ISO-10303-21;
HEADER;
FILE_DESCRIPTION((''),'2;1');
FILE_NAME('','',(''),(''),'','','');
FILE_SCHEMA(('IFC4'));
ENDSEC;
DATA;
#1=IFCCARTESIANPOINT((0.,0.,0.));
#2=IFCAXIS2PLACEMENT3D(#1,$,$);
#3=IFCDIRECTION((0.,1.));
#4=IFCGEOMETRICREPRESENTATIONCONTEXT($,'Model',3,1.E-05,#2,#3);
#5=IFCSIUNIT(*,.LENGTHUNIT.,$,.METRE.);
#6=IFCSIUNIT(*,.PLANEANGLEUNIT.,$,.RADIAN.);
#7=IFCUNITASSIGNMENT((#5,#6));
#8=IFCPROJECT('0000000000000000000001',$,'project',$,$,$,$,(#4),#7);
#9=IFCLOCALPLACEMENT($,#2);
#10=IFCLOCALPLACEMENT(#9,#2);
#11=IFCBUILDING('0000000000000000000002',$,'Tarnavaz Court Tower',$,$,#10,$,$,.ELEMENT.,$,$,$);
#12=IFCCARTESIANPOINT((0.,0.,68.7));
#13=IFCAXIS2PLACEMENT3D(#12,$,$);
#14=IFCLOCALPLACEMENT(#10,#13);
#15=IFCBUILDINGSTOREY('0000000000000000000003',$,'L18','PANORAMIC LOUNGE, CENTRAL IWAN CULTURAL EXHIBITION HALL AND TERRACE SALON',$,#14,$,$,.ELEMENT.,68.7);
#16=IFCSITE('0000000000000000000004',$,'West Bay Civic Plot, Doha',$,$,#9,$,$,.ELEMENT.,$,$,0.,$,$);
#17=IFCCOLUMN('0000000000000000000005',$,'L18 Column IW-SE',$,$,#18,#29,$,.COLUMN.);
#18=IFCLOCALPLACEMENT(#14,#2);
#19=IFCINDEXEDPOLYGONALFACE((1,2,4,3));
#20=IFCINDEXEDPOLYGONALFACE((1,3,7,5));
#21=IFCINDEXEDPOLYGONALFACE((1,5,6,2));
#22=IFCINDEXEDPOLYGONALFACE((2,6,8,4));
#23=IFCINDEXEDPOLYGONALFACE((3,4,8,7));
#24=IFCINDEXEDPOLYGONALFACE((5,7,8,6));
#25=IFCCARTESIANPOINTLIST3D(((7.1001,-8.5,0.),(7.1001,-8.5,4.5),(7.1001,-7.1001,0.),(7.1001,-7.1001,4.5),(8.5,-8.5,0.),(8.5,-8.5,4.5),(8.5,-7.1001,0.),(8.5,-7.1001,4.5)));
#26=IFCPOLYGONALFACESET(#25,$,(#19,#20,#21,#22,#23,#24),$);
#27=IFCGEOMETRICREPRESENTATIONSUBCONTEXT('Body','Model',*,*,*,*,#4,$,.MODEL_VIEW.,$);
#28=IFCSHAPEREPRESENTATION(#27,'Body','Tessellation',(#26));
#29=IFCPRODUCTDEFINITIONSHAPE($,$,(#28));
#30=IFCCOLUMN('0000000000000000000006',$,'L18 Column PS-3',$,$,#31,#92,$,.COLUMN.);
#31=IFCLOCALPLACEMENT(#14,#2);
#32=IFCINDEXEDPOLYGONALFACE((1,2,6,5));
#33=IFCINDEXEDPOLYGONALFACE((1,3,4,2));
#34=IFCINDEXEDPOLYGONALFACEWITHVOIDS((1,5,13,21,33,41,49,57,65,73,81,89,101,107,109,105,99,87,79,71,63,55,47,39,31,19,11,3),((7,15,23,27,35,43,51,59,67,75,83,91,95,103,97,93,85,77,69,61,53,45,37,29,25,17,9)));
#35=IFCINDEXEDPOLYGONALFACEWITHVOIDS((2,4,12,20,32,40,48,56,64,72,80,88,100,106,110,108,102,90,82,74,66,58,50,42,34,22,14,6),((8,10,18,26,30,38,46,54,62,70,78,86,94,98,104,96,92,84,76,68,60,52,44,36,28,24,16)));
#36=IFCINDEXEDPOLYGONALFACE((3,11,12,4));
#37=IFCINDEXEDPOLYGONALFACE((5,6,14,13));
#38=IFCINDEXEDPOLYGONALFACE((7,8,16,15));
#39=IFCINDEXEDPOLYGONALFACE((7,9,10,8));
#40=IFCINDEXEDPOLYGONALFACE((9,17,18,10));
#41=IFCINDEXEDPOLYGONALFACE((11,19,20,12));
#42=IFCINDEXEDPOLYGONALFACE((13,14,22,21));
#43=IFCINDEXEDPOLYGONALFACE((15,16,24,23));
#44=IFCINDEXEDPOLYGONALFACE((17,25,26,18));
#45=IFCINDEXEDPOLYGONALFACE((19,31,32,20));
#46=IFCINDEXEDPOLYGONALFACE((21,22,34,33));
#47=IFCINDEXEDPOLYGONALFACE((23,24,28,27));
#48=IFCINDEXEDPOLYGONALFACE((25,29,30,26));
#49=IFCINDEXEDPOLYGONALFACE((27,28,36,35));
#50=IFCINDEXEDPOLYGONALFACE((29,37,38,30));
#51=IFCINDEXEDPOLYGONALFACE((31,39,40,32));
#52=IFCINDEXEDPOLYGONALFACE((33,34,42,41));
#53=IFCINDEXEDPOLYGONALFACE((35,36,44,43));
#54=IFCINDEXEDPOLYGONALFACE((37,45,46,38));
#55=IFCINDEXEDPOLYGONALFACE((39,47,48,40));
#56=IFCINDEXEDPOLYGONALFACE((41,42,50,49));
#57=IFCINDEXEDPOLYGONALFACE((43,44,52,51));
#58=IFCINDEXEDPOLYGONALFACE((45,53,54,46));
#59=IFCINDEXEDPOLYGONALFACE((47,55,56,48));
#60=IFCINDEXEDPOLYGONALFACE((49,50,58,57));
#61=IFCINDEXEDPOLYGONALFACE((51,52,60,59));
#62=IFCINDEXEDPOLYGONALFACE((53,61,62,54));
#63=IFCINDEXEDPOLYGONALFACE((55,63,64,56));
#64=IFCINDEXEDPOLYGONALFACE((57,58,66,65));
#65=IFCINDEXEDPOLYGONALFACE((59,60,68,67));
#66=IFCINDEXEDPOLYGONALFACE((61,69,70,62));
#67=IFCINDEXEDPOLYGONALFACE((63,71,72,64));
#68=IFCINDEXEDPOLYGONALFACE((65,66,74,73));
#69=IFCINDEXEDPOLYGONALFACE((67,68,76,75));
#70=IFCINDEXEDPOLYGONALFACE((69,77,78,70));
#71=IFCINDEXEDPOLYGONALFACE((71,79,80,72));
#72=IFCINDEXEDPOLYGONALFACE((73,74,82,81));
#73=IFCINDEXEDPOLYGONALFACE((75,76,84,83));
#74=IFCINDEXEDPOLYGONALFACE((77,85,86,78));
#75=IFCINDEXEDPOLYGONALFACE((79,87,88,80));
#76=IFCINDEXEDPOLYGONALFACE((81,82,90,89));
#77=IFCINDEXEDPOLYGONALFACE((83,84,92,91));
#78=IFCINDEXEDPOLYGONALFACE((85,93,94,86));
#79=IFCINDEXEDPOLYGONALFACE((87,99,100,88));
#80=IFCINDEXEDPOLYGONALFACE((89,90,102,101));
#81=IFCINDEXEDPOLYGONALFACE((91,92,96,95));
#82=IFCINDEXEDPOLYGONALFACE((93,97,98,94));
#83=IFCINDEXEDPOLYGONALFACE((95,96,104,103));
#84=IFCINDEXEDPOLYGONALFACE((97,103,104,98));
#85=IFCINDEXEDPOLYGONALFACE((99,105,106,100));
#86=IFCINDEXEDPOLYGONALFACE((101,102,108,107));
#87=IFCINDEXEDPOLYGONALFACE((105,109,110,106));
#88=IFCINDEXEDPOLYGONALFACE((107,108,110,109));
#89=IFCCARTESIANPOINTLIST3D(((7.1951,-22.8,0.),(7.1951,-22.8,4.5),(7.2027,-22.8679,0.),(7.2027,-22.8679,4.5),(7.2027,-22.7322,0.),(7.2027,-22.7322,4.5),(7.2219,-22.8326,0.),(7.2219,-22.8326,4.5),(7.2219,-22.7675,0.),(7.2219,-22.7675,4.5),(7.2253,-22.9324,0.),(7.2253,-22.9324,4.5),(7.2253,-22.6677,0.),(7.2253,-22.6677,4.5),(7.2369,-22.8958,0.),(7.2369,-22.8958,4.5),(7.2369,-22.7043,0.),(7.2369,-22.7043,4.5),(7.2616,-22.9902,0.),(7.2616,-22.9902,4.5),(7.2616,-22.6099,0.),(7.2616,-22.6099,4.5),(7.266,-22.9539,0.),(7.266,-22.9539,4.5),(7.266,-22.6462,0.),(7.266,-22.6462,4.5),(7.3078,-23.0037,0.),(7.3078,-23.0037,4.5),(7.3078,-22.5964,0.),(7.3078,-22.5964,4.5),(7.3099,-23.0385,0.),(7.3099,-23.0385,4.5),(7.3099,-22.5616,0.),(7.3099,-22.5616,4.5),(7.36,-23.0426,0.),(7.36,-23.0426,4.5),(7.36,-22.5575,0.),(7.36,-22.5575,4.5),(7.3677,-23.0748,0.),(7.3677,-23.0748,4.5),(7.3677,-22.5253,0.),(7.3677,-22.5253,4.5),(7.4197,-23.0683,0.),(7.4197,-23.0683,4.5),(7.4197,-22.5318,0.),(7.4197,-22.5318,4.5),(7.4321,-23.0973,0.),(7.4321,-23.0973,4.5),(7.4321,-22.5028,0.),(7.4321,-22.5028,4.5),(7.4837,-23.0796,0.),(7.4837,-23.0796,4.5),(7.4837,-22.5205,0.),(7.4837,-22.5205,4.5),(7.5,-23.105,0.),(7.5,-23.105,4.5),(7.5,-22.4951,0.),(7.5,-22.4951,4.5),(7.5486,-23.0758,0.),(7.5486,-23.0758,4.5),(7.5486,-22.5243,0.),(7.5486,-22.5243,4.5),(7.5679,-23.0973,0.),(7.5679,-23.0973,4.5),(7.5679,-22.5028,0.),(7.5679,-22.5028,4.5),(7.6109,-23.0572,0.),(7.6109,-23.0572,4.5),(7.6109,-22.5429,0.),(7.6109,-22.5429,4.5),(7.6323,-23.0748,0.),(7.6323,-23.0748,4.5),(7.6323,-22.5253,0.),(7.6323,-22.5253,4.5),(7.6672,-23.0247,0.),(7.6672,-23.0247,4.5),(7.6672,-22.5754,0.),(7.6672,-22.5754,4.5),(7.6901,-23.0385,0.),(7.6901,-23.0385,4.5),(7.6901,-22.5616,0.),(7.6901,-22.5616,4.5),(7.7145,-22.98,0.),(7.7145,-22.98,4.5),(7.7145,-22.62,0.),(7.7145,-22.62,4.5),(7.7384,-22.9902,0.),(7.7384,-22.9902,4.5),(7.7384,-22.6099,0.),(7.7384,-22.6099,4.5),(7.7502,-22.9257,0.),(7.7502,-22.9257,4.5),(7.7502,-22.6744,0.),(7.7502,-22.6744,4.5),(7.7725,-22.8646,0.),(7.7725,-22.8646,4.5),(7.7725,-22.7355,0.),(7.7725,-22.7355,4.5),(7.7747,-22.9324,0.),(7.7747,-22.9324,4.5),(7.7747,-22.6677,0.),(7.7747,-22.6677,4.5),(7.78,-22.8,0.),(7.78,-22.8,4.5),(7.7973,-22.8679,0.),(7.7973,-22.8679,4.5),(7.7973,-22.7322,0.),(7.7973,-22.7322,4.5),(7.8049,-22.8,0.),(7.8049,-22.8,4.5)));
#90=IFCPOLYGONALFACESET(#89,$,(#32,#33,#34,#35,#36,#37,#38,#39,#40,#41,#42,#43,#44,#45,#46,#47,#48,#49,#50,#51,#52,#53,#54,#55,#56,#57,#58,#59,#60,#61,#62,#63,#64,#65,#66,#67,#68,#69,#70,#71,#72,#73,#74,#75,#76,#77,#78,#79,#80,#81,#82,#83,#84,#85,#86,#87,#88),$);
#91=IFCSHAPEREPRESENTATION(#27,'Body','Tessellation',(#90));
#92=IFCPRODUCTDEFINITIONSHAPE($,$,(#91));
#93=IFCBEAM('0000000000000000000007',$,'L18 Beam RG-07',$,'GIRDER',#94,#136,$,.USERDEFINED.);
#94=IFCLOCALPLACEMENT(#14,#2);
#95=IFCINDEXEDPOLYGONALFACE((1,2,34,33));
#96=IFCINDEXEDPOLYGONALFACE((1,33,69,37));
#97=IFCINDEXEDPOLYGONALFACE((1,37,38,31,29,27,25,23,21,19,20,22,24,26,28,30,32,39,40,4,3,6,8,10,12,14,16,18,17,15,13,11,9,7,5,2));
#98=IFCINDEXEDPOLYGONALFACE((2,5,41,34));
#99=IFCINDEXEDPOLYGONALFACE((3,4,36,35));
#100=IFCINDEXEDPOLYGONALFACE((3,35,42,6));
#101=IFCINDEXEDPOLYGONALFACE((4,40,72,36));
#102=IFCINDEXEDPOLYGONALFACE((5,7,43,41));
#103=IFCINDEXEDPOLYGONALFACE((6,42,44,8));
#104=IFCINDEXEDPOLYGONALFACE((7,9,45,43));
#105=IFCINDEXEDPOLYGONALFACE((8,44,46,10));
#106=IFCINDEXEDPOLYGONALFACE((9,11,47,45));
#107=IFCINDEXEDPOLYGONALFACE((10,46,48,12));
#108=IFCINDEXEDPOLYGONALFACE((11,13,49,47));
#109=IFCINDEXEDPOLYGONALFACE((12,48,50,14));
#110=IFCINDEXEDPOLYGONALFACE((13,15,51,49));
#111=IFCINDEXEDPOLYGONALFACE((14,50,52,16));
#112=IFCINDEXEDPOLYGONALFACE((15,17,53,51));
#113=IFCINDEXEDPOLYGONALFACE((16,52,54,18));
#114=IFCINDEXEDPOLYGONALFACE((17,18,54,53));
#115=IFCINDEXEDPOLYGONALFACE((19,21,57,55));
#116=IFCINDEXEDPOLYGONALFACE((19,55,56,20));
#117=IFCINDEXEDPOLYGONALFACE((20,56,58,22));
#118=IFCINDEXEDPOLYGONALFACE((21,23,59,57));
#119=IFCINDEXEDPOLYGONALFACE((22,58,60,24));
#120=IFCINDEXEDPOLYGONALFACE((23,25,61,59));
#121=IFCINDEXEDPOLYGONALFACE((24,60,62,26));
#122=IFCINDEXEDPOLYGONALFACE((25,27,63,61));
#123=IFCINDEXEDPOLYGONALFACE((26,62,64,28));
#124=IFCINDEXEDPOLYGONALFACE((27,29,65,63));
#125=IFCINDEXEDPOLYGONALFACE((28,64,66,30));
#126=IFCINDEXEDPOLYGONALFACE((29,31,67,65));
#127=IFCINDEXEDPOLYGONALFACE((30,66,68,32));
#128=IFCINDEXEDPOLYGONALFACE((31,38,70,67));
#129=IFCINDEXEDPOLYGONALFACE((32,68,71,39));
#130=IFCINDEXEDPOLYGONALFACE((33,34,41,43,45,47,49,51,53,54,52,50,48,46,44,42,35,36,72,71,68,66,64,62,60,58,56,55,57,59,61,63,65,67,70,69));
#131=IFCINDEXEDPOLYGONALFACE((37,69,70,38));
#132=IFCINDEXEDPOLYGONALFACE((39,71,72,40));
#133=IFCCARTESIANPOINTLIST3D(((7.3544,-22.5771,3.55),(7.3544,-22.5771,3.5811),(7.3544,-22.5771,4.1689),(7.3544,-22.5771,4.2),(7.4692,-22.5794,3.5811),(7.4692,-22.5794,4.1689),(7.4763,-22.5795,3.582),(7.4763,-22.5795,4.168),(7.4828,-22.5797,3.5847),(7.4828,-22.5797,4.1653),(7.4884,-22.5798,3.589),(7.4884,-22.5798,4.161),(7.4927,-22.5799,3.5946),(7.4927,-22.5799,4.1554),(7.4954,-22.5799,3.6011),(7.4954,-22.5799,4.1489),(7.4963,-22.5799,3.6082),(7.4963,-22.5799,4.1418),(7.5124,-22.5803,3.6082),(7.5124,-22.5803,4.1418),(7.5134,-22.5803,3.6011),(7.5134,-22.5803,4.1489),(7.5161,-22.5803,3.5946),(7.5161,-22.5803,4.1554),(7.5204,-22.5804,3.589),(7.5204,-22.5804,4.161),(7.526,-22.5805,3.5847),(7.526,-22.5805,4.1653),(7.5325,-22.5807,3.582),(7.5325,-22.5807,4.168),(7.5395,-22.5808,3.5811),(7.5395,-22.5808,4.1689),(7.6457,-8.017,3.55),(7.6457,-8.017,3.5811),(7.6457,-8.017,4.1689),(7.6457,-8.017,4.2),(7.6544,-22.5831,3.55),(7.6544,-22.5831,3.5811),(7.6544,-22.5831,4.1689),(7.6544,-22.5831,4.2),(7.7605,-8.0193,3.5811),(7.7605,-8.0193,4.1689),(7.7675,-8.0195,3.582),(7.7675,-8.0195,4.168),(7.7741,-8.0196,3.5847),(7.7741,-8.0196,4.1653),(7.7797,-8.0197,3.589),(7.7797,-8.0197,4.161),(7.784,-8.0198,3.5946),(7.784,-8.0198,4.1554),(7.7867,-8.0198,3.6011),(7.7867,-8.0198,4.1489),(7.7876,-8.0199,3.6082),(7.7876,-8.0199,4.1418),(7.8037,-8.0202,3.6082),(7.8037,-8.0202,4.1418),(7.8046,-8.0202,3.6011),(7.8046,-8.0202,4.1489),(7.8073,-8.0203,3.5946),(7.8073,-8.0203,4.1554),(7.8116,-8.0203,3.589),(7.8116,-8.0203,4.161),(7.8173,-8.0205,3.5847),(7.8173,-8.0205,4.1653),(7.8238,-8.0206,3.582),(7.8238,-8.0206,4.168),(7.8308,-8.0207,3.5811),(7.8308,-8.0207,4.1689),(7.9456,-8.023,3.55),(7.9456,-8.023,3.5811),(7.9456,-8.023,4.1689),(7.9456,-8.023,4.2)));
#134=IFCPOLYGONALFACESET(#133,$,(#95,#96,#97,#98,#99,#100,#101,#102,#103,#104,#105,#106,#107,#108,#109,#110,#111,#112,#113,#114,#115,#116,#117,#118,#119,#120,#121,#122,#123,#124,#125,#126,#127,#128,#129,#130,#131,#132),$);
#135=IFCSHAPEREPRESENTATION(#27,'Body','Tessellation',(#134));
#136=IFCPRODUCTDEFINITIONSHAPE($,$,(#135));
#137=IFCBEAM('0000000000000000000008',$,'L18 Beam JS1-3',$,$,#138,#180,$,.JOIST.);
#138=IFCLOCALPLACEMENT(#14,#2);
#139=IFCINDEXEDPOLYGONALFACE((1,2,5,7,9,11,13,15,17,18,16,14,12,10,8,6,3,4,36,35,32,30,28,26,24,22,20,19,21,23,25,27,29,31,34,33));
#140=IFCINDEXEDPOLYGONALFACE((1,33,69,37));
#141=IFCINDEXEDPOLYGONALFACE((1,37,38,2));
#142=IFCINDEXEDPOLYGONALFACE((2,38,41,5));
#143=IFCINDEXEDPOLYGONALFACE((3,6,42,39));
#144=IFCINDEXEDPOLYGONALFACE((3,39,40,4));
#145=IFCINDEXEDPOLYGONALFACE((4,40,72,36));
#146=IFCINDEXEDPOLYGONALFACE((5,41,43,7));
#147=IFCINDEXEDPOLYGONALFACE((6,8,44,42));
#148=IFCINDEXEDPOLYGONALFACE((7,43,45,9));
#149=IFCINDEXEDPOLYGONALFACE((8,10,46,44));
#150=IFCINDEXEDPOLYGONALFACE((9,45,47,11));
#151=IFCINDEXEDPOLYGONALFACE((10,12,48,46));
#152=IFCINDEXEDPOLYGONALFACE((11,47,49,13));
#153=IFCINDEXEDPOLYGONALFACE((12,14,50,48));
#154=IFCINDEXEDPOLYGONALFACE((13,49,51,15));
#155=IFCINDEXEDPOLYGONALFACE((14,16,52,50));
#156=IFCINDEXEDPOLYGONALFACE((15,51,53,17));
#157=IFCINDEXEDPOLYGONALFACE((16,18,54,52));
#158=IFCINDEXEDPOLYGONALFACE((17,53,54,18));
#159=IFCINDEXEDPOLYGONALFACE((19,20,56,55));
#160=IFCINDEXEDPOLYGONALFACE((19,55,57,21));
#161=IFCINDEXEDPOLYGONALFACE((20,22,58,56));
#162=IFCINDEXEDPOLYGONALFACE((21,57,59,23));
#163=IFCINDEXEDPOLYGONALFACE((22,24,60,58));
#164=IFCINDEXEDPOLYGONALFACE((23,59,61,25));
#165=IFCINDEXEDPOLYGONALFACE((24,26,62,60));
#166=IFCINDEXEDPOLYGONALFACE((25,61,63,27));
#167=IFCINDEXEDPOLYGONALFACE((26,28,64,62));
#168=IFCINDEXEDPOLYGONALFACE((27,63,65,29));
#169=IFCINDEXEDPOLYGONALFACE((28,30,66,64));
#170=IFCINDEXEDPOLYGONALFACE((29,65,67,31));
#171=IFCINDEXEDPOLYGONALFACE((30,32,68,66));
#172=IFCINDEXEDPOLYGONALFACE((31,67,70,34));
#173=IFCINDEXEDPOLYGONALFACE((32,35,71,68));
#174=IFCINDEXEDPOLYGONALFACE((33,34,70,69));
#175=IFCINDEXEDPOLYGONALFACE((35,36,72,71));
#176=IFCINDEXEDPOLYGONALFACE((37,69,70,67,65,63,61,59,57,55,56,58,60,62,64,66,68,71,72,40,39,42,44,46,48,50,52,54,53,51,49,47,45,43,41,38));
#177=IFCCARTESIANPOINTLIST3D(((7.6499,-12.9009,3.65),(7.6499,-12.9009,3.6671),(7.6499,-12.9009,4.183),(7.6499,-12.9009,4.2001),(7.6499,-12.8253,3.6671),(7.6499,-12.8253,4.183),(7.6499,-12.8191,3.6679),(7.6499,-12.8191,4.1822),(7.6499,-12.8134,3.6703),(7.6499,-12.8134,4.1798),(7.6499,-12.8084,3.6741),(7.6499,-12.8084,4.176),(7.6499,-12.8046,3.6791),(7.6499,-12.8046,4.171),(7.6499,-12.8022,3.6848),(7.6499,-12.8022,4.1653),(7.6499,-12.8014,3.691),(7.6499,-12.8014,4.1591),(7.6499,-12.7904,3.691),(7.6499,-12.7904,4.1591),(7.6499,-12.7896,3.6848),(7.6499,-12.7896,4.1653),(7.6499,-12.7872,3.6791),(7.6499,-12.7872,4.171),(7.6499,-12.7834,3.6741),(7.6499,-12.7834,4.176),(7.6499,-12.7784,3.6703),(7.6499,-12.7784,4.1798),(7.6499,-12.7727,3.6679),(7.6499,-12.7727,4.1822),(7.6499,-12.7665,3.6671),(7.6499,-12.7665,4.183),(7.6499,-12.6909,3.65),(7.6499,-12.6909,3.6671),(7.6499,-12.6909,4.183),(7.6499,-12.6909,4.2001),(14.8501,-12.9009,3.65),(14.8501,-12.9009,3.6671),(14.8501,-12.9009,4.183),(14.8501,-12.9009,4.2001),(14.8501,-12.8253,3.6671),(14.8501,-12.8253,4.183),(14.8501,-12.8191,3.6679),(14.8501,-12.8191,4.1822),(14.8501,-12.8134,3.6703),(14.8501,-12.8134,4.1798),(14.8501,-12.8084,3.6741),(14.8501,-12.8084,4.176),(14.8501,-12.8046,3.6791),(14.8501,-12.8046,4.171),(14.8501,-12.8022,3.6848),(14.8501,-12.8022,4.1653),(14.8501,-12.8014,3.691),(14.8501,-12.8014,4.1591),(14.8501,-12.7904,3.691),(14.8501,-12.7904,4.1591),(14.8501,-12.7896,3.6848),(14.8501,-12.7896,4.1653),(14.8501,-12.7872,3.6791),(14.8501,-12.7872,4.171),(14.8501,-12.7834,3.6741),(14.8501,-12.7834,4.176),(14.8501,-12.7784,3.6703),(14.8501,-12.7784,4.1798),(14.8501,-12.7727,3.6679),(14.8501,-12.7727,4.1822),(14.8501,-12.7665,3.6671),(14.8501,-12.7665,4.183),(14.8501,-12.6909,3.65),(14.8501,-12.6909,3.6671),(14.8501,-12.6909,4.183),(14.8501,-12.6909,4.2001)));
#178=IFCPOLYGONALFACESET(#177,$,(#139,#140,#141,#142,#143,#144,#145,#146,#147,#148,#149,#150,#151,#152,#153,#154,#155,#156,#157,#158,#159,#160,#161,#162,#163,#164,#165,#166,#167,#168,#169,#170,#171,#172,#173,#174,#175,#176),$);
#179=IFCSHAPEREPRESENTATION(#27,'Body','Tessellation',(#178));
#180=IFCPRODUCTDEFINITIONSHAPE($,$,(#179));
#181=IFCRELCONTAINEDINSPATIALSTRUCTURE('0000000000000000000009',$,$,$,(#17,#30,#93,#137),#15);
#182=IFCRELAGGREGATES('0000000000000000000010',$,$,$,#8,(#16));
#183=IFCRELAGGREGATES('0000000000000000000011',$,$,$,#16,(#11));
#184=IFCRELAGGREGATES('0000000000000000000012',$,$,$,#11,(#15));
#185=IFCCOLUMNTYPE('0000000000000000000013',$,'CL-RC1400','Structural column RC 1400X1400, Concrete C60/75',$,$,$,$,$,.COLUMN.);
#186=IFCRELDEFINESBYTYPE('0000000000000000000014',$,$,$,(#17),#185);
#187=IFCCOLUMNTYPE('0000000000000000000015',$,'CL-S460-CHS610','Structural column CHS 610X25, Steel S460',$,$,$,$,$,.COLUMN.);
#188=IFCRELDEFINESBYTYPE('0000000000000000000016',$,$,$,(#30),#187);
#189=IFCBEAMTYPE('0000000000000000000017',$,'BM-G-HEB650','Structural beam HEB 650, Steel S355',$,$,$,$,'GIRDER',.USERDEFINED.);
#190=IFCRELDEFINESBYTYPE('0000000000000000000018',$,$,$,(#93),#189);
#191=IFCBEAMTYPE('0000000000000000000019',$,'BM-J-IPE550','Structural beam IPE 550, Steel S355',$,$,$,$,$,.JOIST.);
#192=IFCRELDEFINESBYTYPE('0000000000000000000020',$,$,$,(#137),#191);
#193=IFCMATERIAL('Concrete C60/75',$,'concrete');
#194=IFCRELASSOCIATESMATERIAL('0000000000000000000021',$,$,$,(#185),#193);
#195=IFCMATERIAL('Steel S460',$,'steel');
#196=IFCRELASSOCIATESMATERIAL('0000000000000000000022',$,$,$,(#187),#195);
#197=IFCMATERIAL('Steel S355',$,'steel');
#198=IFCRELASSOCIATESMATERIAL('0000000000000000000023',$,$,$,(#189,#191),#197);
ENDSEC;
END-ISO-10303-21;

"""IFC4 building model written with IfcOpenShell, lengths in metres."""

from ifc_helpers import new_model, si_unit, direction, frame, origin, origin_2d, place, context, subcontext, project, spatial, rectangle, hollow_circle, i_section, extrude, material, material_profile, profile_set, type_object, element, save


model = new_model("IFC4")

# Units and contexts
model_context = context("Model", 3, precision=1e-05, world=origin(), true_north=direction((0.0, 1.0)))
body_context = subcontext(model_context, "Body", "Model", "MODEL_VIEW")
ifc_project = project(units=[si_unit("LENGTHUNIT", "METRE"), si_unit("PLANEANGLEUNIT", "RADIAN")], contexts=[model_context])

# Site, building, storey
site_placement = place(None, origin())
site = spatial("IfcSite", under=ifc_project, at=site_placement, Name="West Bay Civic Plot, Doha", CompositionType="ELEMENT", RefElevation=0.0)
building_placement = place(site_placement, origin())
building = spatial("IfcBuilding", under=site, at=building_placement, Name="Tarnavaz Court Tower", CompositionType="ELEMENT")
storey_placement = place(building_placement, frame((0.0, 0.0, 68.7)))
storey = spatial("IfcBuildingStorey", under=building, at=storey_placement, Name="L18", Description="PANORAMIC LOUNGE, CENTRAL IWAN CULTURAL EXHIBITION HALL AND TERRACE SALON", CompositionType="ELEMENT", Elevation=68.7)

# Columns
ifc_material_1 = material(Name="Concrete C60/75", Category="concrete")
ifc_material_profile_1 = material_profile(ifc_material_1, rectangle(XDim=1.3999, YDim=1.3999, at=origin_2d()), Name="RC 1400X1400")
ifc_profile_set_1 = profile_set([ifc_material_profile_1], Name="Concrete C60/75")
column_type_1 = type_object("IfcColumnType", Name="CL-RC1400", Description="Structural column RC 1400X1400, Concrete C60/75", PredefinedType="COLUMN", material=ifc_profile_set_1)
column_1_placement = place(storey_placement, frame((7.8, -7.8, 0.0), z_axis=(0.0, 0.0, 1.0), x_axis=(1.0, 0.0, 0.0)))
element("IfcColumn", 1, at=column_1_placement, inside=storey, type_object=column_type_1, Name="L18 Column IW-SE", PredefinedType="COLUMN", context=body_context, shape_type="SweptSolid", body=[
    extrude(rectangle(XDim=1.3999, YDim=1.3999, at=origin_2d()), origin(), (0.0, 0.0, 1.0), 4.5),
])
ifc_material_2 = material(Name="Steel S460", Category="steel")
ifc_material_profile_2 = material_profile(ifc_material_2, hollow_circle(Radius=0.3049, WallThickness=0.0249, at=origin_2d()), Name="CHS 610X25")
ifc_profile_set_2 = profile_set([ifc_material_profile_2], Name="Steel S460")
column_type_2 = type_object("IfcColumnType", Name="CL-S460-CHS610", Description="Structural column CHS 610X25, Steel S460", PredefinedType="COLUMN", material=ifc_profile_set_2)
column_2_placement = place(storey_placement, frame((7.5, -22.8, 0.0), z_axis=(0.0, 0.0, 1.0), x_axis=(1.0, 0.0, 0.0)))
element("IfcColumn", 2, at=column_2_placement, inside=storey, type_object=column_type_2, Name="L18 Column PS-3", PredefinedType="COLUMN", context=body_context, shape_type="SweptSolid", body=[
    extrude(hollow_circle(Radius=0.3049, WallThickness=0.0249, at=origin_2d()), origin(), (0.0, 0.0, 1.0), 4.5),
])

# Beams
ifc_material_3 = material(Name="Steel S355", Category="steel")
ifc_material_profile_3 = material_profile(ifc_material_3, i_section(OverallWidth=0.3, OverallDepth=0.6499, WebThickness=0.0161, FlangeThickness=0.031, FilletRadius=0.0271, at=origin_2d()), Name="HEB 650")
ifc_profile_set_3 = profile_set([ifc_material_profile_3], Name="Steel S355")
beam_type_1 = type_object("IfcBeamType", Name="BM-G-HEB650", Description="Structural beam HEB 650, Steel S355", ElementType="GIRDER", PredefinedType="USERDEFINED", material=ifc_profile_set_3)
beam_1_placement = place(storey_placement, frame((7.7957, -8.02, 3.875), z_axis=(-0.02, -0.9998, 0.0), x_axis=(0.9998, -0.02, 0.0)))
element("IfcBeam", 3, at=beam_1_placement, inside=storey, type_object=beam_type_1, Name="L18 Beam RG-07", ObjectType="GIRDER", PredefinedType="USERDEFINED", context=body_context, shape_type="SweptSolid", body=[
    extrude(i_section(OverallWidth=0.3, OverallDepth=0.6499, WebThickness=0.0161, FlangeThickness=0.031, FilletRadius=0.0271, at=origin_2d()), origin(), (0.0, 0.0, 1.0), 14.563),
])
ifc_material_profile_4 = material_profile(ifc_material_3, i_section(OverallWidth=0.21, OverallDepth=0.55, WebThickness=0.011, FlangeThickness=0.0171, FilletRadius=0.0239, at=origin_2d()), Name="IPE 550")
ifc_profile_set_4 = profile_set([ifc_material_profile_4], Name="Steel S355")
beam_type_2 = type_object("IfcBeamType", Name="BM-J-IPE550", Description="Structural beam IPE 550, Steel S355", PredefinedType="JOIST", material=ifc_profile_set_4)
for number, where, z_axis, x_axis, name in (
    (4, (7.6499, -12.7959, 3.925), (1.0, 0.0, 0.0), (0.0, 1.0, 0.0), "L18 Beam JS1-3"),
):
    element("IfcBeam", number, at=place(storey_placement, frame(where, z_axis=z_axis, x_axis=x_axis)), inside=storey, type_object=beam_type_2, Name=name, PredefinedType="JOIST", context=body_context, shape_type="SweptSolid", body=[
        extrude(i_section(OverallWidth=0.21, OverallDepth=0.55, WebThickness=0.011, FlangeThickness=0.0171, FilletRadius=0.0239, at=origin_2d()), origin(), (0.0, 0.0, 1.0), 7.2002),
    ])

save(model, "model.ifc")
